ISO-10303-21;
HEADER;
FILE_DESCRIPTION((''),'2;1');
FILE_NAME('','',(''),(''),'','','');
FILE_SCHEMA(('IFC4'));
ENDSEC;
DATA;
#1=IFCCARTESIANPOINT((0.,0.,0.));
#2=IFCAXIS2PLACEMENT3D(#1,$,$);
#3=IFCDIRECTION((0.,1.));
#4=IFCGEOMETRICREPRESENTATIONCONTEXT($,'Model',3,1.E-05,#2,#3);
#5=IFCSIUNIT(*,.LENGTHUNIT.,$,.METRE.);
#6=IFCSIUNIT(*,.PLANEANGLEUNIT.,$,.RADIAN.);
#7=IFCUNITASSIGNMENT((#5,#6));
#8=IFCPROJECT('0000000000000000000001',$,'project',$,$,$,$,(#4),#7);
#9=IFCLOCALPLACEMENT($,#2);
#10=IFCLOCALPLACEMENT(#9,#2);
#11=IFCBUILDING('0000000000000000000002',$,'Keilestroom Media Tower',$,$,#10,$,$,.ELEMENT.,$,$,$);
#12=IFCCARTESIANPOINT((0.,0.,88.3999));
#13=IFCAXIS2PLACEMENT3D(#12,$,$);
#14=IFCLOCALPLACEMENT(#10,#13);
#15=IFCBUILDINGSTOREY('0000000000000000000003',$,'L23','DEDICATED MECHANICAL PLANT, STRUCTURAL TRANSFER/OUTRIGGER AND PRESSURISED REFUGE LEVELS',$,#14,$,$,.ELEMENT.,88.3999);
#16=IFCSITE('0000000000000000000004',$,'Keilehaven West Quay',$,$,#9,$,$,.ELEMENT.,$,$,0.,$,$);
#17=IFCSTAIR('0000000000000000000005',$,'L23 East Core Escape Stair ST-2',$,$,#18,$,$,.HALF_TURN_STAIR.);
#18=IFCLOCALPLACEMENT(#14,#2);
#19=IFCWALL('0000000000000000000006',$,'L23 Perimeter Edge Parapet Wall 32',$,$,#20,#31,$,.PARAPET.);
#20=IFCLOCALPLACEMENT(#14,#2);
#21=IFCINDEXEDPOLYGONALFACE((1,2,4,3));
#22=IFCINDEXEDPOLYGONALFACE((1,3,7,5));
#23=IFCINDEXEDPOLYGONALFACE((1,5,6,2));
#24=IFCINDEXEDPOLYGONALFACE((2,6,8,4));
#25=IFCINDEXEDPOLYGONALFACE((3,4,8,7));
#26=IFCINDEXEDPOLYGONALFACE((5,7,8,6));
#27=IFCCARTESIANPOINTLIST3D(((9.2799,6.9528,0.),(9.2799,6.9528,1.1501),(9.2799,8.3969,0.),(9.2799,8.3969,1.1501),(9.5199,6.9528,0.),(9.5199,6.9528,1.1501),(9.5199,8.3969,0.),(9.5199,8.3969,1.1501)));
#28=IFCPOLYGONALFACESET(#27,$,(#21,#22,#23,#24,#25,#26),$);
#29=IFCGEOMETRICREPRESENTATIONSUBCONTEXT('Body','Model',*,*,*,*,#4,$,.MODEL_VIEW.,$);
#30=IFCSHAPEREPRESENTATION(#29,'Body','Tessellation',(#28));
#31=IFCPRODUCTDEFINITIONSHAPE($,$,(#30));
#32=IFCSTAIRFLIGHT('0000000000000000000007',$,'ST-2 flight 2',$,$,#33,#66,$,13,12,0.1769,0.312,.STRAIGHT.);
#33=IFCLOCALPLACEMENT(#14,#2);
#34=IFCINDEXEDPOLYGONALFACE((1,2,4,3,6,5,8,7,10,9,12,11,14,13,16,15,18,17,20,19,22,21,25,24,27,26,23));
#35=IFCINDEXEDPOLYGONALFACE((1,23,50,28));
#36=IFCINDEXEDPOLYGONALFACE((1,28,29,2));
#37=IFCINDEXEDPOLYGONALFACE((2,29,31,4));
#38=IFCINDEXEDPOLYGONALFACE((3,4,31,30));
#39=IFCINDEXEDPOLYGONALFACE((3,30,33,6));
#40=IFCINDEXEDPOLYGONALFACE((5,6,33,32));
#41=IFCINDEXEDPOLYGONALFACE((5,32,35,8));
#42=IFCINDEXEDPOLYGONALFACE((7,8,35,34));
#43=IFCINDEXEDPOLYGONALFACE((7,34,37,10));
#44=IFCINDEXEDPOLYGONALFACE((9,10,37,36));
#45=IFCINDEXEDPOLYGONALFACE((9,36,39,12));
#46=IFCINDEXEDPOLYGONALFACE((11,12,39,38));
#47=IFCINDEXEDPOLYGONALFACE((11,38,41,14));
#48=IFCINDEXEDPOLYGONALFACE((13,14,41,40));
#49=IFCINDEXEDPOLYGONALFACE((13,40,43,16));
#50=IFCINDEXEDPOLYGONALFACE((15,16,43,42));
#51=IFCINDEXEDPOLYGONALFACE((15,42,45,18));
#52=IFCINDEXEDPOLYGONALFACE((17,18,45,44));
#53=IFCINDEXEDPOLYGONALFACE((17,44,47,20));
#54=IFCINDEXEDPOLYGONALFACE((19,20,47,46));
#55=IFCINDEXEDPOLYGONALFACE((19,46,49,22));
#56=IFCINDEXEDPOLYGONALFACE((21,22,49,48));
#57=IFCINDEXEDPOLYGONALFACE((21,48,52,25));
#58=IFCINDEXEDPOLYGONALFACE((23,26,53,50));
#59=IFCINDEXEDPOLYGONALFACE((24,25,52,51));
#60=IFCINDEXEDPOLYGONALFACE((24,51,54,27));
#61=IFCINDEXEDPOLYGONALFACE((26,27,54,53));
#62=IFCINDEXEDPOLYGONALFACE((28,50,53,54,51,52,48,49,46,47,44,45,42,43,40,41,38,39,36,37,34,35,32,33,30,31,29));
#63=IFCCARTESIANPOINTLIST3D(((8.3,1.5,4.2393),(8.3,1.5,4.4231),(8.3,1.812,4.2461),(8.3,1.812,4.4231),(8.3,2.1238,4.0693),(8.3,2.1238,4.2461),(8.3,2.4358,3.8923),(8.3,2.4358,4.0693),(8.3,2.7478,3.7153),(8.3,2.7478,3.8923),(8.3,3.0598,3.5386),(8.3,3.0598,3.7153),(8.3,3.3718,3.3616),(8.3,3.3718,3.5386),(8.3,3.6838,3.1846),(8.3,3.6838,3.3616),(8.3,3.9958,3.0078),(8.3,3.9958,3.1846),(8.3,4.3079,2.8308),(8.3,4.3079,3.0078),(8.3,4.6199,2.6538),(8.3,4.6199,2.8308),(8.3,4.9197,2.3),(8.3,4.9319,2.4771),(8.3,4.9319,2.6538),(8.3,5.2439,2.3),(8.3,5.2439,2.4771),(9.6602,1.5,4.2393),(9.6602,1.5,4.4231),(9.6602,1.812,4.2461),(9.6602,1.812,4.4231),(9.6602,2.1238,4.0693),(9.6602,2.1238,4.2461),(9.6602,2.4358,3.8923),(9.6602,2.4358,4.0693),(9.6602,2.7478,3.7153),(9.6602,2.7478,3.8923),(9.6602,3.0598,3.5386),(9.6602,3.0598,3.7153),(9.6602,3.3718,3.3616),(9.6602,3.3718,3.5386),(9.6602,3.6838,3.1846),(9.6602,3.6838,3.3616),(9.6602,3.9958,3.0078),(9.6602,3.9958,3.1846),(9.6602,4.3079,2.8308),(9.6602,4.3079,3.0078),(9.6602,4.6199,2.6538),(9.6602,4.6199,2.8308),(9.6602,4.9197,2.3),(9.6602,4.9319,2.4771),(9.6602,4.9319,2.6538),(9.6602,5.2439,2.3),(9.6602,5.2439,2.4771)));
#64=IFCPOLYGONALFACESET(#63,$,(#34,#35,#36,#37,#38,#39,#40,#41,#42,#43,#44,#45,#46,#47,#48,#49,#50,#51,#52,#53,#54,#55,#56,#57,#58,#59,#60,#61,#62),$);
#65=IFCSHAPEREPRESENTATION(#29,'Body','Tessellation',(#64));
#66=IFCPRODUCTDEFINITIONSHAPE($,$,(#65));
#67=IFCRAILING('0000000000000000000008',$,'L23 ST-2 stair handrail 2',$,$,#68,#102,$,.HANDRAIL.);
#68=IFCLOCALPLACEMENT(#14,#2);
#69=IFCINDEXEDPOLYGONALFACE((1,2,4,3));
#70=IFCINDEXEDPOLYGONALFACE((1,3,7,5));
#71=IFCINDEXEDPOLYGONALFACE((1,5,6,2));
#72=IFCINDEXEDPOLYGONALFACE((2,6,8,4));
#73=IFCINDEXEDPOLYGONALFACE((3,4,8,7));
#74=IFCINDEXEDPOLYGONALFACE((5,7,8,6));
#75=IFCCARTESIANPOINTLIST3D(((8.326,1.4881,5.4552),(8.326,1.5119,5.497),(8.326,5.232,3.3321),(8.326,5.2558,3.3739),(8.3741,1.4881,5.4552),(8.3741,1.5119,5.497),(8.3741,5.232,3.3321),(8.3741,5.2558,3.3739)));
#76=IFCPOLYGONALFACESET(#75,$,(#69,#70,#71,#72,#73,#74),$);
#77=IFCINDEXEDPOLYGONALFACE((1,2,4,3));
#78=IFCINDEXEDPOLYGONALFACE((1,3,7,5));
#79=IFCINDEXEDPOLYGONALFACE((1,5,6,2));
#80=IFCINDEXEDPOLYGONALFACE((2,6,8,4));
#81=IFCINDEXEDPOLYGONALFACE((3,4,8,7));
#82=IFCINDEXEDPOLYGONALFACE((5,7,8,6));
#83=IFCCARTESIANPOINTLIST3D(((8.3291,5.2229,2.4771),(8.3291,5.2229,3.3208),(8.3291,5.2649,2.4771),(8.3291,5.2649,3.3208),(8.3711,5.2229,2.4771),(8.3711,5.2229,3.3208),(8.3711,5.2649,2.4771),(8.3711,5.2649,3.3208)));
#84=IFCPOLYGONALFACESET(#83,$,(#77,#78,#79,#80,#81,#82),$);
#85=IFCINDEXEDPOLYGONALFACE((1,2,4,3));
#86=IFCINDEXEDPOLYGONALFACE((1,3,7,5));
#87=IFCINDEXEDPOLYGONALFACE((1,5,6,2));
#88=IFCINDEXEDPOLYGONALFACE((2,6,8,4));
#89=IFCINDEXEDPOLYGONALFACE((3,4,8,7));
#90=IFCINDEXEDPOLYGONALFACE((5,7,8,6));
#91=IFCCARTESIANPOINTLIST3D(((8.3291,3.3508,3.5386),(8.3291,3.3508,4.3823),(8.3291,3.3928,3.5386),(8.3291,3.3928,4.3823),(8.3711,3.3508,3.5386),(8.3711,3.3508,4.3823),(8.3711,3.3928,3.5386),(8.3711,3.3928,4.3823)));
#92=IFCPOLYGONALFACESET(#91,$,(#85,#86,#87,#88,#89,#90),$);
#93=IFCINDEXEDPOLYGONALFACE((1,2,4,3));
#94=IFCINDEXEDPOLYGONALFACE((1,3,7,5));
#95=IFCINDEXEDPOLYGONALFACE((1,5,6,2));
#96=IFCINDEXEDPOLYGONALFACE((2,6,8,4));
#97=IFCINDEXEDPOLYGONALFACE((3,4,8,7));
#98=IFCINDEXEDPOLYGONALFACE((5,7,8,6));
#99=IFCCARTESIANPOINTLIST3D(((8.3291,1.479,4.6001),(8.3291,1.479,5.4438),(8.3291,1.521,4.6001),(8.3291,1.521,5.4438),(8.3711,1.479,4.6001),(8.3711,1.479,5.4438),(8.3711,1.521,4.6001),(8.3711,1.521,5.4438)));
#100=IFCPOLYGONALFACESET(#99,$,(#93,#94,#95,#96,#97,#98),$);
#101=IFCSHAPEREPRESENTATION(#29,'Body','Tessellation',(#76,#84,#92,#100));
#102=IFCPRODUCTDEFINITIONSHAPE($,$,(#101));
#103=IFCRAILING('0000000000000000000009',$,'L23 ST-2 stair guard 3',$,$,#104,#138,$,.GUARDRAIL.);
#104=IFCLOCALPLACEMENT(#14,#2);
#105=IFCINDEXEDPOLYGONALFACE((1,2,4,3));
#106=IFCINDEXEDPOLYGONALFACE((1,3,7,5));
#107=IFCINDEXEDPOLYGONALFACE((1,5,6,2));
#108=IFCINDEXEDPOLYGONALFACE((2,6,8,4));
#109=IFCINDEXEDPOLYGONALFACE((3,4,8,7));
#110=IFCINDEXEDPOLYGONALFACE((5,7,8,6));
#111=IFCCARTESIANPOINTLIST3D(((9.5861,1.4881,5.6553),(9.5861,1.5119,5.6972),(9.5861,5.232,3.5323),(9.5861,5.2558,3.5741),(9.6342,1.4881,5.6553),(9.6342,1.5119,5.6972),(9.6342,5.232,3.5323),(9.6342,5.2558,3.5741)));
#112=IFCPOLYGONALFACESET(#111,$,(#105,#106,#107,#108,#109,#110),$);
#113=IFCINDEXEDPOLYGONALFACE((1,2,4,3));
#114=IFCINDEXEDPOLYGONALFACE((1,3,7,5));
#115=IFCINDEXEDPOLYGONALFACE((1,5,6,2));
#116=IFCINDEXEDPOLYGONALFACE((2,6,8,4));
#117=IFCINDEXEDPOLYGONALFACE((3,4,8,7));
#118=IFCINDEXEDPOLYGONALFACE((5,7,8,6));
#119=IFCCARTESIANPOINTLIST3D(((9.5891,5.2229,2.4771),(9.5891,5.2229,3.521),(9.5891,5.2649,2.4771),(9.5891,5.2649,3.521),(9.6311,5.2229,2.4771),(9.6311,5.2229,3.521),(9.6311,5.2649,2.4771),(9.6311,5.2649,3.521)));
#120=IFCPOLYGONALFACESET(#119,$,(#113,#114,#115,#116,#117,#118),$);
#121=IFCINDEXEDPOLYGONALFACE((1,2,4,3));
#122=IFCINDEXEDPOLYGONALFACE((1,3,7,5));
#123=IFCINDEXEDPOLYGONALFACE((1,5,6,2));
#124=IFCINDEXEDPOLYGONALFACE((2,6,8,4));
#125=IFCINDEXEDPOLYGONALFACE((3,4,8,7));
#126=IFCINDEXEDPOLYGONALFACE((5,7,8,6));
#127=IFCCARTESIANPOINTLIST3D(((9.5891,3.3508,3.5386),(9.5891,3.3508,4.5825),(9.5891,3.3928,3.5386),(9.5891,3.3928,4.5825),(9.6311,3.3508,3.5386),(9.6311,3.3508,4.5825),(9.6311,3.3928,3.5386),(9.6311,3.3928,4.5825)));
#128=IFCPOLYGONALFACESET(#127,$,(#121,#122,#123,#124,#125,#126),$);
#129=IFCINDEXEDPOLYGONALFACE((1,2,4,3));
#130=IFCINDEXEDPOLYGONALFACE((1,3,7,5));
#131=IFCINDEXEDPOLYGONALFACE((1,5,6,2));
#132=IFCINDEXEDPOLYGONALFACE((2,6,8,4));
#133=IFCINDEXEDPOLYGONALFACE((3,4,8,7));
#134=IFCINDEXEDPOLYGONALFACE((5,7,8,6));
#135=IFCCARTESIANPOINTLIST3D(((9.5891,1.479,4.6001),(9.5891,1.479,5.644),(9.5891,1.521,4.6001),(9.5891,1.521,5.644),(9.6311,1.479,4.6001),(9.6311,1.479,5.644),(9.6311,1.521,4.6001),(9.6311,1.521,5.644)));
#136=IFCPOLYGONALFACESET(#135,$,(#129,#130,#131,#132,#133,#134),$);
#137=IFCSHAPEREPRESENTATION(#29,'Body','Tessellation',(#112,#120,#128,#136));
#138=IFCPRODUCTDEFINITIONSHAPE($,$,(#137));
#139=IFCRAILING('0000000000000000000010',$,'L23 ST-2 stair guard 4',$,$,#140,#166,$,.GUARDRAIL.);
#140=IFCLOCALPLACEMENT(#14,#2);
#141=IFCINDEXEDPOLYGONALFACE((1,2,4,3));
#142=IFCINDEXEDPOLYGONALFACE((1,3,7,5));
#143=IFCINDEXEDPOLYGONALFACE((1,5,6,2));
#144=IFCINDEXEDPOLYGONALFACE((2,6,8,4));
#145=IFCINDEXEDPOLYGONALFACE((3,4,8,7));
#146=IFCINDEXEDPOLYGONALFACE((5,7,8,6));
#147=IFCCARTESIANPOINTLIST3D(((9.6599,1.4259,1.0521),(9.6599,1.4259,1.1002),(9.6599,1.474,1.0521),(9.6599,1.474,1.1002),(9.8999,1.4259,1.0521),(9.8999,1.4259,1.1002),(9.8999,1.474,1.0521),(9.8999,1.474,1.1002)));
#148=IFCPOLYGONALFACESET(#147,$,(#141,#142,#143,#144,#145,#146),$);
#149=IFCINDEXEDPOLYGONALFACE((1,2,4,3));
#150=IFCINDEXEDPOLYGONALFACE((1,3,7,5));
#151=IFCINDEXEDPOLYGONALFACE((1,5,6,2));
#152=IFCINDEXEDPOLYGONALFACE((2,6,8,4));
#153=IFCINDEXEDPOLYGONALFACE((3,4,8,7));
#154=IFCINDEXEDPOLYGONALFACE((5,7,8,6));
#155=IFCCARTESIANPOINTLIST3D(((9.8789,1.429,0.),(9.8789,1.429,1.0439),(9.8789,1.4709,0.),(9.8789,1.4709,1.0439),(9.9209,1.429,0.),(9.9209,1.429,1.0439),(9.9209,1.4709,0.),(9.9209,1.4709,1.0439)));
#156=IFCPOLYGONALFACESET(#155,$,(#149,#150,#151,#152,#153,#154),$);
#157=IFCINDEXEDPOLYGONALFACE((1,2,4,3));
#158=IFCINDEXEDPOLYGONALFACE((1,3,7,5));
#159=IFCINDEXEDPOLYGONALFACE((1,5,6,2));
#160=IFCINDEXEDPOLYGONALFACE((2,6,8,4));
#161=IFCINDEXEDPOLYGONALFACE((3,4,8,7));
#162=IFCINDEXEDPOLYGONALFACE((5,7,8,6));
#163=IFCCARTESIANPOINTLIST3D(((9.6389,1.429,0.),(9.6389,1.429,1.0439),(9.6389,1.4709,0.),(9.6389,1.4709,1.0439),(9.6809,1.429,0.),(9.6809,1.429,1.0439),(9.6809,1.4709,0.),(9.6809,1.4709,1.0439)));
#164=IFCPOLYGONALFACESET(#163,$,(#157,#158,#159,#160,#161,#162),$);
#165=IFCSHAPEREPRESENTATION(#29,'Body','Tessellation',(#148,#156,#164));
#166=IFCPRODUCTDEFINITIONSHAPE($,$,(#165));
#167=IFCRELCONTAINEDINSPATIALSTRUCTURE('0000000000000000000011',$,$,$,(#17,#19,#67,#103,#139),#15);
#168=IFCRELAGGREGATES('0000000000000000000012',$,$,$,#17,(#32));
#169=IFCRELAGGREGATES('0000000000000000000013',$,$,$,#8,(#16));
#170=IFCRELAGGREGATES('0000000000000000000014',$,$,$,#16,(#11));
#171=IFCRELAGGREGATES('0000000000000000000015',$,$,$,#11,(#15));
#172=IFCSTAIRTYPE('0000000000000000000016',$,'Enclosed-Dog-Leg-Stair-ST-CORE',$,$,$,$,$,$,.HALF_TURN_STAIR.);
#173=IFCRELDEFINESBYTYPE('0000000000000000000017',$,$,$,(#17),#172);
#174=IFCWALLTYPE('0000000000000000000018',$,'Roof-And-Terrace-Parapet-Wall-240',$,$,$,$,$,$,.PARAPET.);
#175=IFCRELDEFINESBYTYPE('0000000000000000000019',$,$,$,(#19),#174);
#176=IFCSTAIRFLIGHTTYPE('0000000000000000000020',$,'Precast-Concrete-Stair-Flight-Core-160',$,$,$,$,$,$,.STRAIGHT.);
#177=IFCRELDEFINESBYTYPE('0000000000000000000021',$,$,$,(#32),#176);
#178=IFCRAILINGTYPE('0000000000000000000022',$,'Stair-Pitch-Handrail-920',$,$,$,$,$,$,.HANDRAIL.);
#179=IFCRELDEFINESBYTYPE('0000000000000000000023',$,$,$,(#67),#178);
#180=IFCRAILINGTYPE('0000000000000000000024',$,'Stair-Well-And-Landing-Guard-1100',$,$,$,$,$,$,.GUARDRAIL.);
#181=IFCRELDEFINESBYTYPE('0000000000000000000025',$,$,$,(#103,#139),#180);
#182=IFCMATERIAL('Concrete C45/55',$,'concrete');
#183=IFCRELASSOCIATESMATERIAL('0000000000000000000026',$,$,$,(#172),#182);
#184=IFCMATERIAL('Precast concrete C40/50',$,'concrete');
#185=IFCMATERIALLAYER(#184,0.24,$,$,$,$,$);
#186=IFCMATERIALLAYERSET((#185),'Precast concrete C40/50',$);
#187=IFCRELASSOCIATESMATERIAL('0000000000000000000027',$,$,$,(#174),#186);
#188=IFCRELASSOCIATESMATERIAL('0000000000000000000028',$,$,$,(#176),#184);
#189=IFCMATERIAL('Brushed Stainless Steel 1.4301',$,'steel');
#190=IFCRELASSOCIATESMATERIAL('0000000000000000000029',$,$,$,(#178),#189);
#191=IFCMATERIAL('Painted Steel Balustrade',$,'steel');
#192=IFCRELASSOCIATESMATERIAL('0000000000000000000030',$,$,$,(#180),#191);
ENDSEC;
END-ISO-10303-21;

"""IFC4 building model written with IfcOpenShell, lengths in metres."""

from ifc_helpers import new_model, si_unit, direction, frame, frame_2d, origin, origin_2d, place, context, subcontext, project, spatial, polyline, rectangle, outline, extrude, material, layer, layer_set, type_object, element, aggregate, save


model = new_model("IFC4")

# Units and contexts
model_context = context("Model", 3, precision=1e-05, world=origin(), true_north=direction((0.0, 1.0)))
body_context = subcontext(model_context, "Body", "Model", "MODEL_VIEW")
ifc_project = project(units=[si_unit("LENGTHUNIT", "METRE"), si_unit("PLANEANGLEUNIT", "RADIAN")], contexts=[model_context])

# Site, building, storey
site_placement = place(None, origin())
site = spatial("IfcSite", under=ifc_project, at=site_placement, Name="Keilehaven West Quay", CompositionType="ELEMENT", RefElevation=0.0)
building_placement = place(site_placement, origin())
building = spatial("IfcBuilding", under=site, at=building_placement, Name="Keilestroom Media Tower", CompositionType="ELEMENT")
storey_placement = place(building_placement, frame((0.0, 0.0, 88.3999)))
storey = spatial("IfcBuildingStorey", under=building, at=storey_placement, Name="L23", Description="DEDICATED MECHANICAL PLANT, STRUCTURAL TRANSFER/OUTRIGGER AND PRESSURISED REFUGE LEVELS", CompositionType="ELEMENT", Elevation=88.3999)

# Stair
ifc_material_1 = material(Name="Concrete C45/55", Category="concrete")
stair_type = type_object("IfcStairType", Name="Enclosed-Dog-Leg-Stair-ST-CORE", PredefinedType="HALF_TURN_STAIR", material=ifc_material_1)
stair_1_placement = place(storey_placement, origin())
stair_1 = element("IfcStair", 1, at=stair_1_placement, inside=storey, type_object=stair_type, Name="L23 East Core Escape Stair ST-2", PredefinedType="HALF_TURN_STAIR")

# Shared definitions
ifc_material_2 = material(Name="Precast concrete C40/50", Category="concrete")

# Wall
ifc_layer_1 = layer(ifc_material_2, 0.24)
ifc_layer_set_1 = layer_set([ifc_layer_1], Name="Precast concrete C40/50")
wall_type_1 = type_object("IfcWallType", Name="Roof-And-Terrace-Parapet-Wall-240", PredefinedType="PARAPET", material=ifc_layer_set_1)
wall_1_placement = place(storey_placement, frame((9.3999, 8.397, 0.0), z_axis=(0.0, 0.0, 1.0), x_axis=(0.0, -1.0, 0.0)))
element("IfcWall", 2, at=wall_1_placement, inside=storey, type_object=wall_type_1, Name="L23 Perimeter Edge Parapet Wall 32", PredefinedType="PARAPET", context=body_context, shape_type="SweptSolid", body=[
    extrude(rectangle(XDim=1.4441, YDim=0.24, at=frame_2d((0.7222, 0.0))), origin(), (0.0, 0.0, 1.0), 1.1501),
])

# Stair flight
stair_flight_type = type_object("IfcStairFlightType", Name="Precast-Concrete-Stair-Flight-Core-160", PredefinedType="STRAIGHT", material=ifc_material_2)
stair_flight_placement = place(storey_placement, frame((8.98, 5.2439, 2.3), z_axis=(0.0, 0.0, 1.0), x_axis=(0.0, -1.0, 0.0)))
stair_flight = element("IfcStairFlight", 3, at=stair_flight_placement, type_object=stair_flight_type, Name="ST-2 flight 2", NumberOfRisers=13, NumberOfTreads=12, PredefinedType="STRAIGHT", RiserHeight=0.1769, TreadLength=0.312, context=body_context, shape_type="SweptSolid", body=[
    extrude(outline(polyline([(0.0, 0.0), (0.0, 0.177), (0.312, 0.177), (0.312, 0.3538), (0.624, 0.3538), (0.624, 0.5308), (0.936, 0.5308), (0.936, 0.7078), (1.248, 0.7078), (1.248, 0.8845), (1.5601, 0.8845), (1.5601, 1.0615), (1.8721, 1.0615), (1.8721, 1.2385), (2.1841, 1.2385), (2.1841, 1.4153), (2.4961, 1.4153), (2.4961, 1.5923), (2.8081, 1.5923), (2.8081, 1.7693), (3.1201, 1.7693), (3.1201, 1.946), (3.4319, 1.946), (3.4319, 2.123), (3.7439, 2.123), (3.7439, 2.3), (3.7439, 1.9392), (0.3242, 0.0), (0.0, 0.0)])), frame((0.0, 0.6802, 0.0), z_axis=(0.0, -1.0, 0.0), x_axis=(1.0, 0.0, 0.0)), (0.0, 0.0, 1.0), 1.3601),
])
aggregate(stair_1, [stair_flight])

# Railings
ifc_material_3 = material(Name="Brushed Stainless Steel 1.4301", Category="steel")
railing_type_1 = type_object("IfcRailingType", Name="Stair-Pitch-Handrail-920", PredefinedType="HANDRAIL", material=ifc_material_3)
railing_1_placement = place(storey_placement, frame((8.3501, 5.2439, 2.4771)))
element("IfcRailing", 4, at=railing_1_placement, inside=storey, type_object=railing_type_1, Name="L23 ST-2 stair handrail 2", PredefinedType="HANDRAIL", context=body_context, shape_type="SweptSolid", body=[
    extrude(rectangle(XDim=0.0481, YDim=0.0481, at=origin_2d()), frame((0.0, 0.0, 0.876), z_axis=(0.0, -0.869872, 0.493277), x_axis=(1.0, 0.0, 0.0)), (0.0, 0.0, 1.0), 4.304),
    extrude(rectangle(XDim=0.042, YDim=0.042, at=origin_2d()), origin(), (0.0, 0.0, 1.0), 0.8438),
    extrude(rectangle(XDim=0.042, YDim=0.042, at=origin_2d()), frame((0.0, -1.8721, 1.0615)), (0.0, 0.0, 1.0), 0.8438),
    extrude(rectangle(XDim=0.042, YDim=0.042, at=origin_2d()), frame((0.0, -3.7439, 2.123)), (0.0, 0.0, 1.0), 0.8438),
])
ifc_material_4 = material(Name="Painted Steel Balustrade", Category="steel")
railing_type_2 = type_object("IfcRailingType", Name="Stair-Well-And-Landing-Guard-1100", PredefinedType="GUARDRAIL", material=ifc_material_4)
railing_2_placement = place(storey_placement, frame((9.6101, 5.2439, 2.4771)))
element("IfcRailing", 5, at=railing_2_placement, inside=storey, type_object=railing_type_2, Name="L23 ST-2 stair guard 3", PredefinedType="GUARDRAIL", context=body_context, shape_type="SweptSolid", body=[
    extrude(rectangle(XDim=0.0481, YDim=0.0481, at=origin_2d()), frame((0.0, 0.0, 1.0762), z_axis=(0.0, -0.869872, 0.493277), x_axis=(1.0, 0.0, 0.0)), (0.0, 0.0, 1.0), 4.304),
    extrude(rectangle(XDim=0.042, YDim=0.042, at=origin_2d()), origin(), (0.0, 0.0, 1.0), 1.0439),
    extrude(rectangle(XDim=0.042, YDim=0.042, at=origin_2d()), frame((0.0, -1.8721, 1.0615)), (0.0, 0.0, 1.0), 1.0439),
    extrude(rectangle(XDim=0.042, YDim=0.042, at=origin_2d()), frame((0.0, -3.7439, 2.123)), (0.0, 0.0, 1.0), 1.0439),
])
railing_3_placement = place(storey_placement, frame((9.8999, 1.45, 0.0)))
element("IfcRailing", 6, at=railing_3_placement, inside=storey, type_object=railing_type_2, Name="L23 ST-2 stair guard 4", PredefinedType="GUARDRAIL", context=body_context, shape_type="SweptSolid", body=[
    extrude(rectangle(XDim=0.0481, YDim=0.0481, at=origin_2d()), frame((0.0, 0.0, 1.0762), z_axis=(-1.0, 0.0, 0.0), x_axis=(0.0, -1.0, 0.0)), (0.0, 0.0, 1.0), 0.24),
    extrude(rectangle(XDim=0.042, YDim=0.042, at=origin_2d()), origin(), (0.0, 0.0, 1.0), 1.0439),
    extrude(rectangle(XDim=0.042, YDim=0.042, at=origin_2d()), frame((-0.24, 0.0, 0.0)), (0.0, 0.0, 1.0), 1.0439),
])

save(model, "model.ifc")
